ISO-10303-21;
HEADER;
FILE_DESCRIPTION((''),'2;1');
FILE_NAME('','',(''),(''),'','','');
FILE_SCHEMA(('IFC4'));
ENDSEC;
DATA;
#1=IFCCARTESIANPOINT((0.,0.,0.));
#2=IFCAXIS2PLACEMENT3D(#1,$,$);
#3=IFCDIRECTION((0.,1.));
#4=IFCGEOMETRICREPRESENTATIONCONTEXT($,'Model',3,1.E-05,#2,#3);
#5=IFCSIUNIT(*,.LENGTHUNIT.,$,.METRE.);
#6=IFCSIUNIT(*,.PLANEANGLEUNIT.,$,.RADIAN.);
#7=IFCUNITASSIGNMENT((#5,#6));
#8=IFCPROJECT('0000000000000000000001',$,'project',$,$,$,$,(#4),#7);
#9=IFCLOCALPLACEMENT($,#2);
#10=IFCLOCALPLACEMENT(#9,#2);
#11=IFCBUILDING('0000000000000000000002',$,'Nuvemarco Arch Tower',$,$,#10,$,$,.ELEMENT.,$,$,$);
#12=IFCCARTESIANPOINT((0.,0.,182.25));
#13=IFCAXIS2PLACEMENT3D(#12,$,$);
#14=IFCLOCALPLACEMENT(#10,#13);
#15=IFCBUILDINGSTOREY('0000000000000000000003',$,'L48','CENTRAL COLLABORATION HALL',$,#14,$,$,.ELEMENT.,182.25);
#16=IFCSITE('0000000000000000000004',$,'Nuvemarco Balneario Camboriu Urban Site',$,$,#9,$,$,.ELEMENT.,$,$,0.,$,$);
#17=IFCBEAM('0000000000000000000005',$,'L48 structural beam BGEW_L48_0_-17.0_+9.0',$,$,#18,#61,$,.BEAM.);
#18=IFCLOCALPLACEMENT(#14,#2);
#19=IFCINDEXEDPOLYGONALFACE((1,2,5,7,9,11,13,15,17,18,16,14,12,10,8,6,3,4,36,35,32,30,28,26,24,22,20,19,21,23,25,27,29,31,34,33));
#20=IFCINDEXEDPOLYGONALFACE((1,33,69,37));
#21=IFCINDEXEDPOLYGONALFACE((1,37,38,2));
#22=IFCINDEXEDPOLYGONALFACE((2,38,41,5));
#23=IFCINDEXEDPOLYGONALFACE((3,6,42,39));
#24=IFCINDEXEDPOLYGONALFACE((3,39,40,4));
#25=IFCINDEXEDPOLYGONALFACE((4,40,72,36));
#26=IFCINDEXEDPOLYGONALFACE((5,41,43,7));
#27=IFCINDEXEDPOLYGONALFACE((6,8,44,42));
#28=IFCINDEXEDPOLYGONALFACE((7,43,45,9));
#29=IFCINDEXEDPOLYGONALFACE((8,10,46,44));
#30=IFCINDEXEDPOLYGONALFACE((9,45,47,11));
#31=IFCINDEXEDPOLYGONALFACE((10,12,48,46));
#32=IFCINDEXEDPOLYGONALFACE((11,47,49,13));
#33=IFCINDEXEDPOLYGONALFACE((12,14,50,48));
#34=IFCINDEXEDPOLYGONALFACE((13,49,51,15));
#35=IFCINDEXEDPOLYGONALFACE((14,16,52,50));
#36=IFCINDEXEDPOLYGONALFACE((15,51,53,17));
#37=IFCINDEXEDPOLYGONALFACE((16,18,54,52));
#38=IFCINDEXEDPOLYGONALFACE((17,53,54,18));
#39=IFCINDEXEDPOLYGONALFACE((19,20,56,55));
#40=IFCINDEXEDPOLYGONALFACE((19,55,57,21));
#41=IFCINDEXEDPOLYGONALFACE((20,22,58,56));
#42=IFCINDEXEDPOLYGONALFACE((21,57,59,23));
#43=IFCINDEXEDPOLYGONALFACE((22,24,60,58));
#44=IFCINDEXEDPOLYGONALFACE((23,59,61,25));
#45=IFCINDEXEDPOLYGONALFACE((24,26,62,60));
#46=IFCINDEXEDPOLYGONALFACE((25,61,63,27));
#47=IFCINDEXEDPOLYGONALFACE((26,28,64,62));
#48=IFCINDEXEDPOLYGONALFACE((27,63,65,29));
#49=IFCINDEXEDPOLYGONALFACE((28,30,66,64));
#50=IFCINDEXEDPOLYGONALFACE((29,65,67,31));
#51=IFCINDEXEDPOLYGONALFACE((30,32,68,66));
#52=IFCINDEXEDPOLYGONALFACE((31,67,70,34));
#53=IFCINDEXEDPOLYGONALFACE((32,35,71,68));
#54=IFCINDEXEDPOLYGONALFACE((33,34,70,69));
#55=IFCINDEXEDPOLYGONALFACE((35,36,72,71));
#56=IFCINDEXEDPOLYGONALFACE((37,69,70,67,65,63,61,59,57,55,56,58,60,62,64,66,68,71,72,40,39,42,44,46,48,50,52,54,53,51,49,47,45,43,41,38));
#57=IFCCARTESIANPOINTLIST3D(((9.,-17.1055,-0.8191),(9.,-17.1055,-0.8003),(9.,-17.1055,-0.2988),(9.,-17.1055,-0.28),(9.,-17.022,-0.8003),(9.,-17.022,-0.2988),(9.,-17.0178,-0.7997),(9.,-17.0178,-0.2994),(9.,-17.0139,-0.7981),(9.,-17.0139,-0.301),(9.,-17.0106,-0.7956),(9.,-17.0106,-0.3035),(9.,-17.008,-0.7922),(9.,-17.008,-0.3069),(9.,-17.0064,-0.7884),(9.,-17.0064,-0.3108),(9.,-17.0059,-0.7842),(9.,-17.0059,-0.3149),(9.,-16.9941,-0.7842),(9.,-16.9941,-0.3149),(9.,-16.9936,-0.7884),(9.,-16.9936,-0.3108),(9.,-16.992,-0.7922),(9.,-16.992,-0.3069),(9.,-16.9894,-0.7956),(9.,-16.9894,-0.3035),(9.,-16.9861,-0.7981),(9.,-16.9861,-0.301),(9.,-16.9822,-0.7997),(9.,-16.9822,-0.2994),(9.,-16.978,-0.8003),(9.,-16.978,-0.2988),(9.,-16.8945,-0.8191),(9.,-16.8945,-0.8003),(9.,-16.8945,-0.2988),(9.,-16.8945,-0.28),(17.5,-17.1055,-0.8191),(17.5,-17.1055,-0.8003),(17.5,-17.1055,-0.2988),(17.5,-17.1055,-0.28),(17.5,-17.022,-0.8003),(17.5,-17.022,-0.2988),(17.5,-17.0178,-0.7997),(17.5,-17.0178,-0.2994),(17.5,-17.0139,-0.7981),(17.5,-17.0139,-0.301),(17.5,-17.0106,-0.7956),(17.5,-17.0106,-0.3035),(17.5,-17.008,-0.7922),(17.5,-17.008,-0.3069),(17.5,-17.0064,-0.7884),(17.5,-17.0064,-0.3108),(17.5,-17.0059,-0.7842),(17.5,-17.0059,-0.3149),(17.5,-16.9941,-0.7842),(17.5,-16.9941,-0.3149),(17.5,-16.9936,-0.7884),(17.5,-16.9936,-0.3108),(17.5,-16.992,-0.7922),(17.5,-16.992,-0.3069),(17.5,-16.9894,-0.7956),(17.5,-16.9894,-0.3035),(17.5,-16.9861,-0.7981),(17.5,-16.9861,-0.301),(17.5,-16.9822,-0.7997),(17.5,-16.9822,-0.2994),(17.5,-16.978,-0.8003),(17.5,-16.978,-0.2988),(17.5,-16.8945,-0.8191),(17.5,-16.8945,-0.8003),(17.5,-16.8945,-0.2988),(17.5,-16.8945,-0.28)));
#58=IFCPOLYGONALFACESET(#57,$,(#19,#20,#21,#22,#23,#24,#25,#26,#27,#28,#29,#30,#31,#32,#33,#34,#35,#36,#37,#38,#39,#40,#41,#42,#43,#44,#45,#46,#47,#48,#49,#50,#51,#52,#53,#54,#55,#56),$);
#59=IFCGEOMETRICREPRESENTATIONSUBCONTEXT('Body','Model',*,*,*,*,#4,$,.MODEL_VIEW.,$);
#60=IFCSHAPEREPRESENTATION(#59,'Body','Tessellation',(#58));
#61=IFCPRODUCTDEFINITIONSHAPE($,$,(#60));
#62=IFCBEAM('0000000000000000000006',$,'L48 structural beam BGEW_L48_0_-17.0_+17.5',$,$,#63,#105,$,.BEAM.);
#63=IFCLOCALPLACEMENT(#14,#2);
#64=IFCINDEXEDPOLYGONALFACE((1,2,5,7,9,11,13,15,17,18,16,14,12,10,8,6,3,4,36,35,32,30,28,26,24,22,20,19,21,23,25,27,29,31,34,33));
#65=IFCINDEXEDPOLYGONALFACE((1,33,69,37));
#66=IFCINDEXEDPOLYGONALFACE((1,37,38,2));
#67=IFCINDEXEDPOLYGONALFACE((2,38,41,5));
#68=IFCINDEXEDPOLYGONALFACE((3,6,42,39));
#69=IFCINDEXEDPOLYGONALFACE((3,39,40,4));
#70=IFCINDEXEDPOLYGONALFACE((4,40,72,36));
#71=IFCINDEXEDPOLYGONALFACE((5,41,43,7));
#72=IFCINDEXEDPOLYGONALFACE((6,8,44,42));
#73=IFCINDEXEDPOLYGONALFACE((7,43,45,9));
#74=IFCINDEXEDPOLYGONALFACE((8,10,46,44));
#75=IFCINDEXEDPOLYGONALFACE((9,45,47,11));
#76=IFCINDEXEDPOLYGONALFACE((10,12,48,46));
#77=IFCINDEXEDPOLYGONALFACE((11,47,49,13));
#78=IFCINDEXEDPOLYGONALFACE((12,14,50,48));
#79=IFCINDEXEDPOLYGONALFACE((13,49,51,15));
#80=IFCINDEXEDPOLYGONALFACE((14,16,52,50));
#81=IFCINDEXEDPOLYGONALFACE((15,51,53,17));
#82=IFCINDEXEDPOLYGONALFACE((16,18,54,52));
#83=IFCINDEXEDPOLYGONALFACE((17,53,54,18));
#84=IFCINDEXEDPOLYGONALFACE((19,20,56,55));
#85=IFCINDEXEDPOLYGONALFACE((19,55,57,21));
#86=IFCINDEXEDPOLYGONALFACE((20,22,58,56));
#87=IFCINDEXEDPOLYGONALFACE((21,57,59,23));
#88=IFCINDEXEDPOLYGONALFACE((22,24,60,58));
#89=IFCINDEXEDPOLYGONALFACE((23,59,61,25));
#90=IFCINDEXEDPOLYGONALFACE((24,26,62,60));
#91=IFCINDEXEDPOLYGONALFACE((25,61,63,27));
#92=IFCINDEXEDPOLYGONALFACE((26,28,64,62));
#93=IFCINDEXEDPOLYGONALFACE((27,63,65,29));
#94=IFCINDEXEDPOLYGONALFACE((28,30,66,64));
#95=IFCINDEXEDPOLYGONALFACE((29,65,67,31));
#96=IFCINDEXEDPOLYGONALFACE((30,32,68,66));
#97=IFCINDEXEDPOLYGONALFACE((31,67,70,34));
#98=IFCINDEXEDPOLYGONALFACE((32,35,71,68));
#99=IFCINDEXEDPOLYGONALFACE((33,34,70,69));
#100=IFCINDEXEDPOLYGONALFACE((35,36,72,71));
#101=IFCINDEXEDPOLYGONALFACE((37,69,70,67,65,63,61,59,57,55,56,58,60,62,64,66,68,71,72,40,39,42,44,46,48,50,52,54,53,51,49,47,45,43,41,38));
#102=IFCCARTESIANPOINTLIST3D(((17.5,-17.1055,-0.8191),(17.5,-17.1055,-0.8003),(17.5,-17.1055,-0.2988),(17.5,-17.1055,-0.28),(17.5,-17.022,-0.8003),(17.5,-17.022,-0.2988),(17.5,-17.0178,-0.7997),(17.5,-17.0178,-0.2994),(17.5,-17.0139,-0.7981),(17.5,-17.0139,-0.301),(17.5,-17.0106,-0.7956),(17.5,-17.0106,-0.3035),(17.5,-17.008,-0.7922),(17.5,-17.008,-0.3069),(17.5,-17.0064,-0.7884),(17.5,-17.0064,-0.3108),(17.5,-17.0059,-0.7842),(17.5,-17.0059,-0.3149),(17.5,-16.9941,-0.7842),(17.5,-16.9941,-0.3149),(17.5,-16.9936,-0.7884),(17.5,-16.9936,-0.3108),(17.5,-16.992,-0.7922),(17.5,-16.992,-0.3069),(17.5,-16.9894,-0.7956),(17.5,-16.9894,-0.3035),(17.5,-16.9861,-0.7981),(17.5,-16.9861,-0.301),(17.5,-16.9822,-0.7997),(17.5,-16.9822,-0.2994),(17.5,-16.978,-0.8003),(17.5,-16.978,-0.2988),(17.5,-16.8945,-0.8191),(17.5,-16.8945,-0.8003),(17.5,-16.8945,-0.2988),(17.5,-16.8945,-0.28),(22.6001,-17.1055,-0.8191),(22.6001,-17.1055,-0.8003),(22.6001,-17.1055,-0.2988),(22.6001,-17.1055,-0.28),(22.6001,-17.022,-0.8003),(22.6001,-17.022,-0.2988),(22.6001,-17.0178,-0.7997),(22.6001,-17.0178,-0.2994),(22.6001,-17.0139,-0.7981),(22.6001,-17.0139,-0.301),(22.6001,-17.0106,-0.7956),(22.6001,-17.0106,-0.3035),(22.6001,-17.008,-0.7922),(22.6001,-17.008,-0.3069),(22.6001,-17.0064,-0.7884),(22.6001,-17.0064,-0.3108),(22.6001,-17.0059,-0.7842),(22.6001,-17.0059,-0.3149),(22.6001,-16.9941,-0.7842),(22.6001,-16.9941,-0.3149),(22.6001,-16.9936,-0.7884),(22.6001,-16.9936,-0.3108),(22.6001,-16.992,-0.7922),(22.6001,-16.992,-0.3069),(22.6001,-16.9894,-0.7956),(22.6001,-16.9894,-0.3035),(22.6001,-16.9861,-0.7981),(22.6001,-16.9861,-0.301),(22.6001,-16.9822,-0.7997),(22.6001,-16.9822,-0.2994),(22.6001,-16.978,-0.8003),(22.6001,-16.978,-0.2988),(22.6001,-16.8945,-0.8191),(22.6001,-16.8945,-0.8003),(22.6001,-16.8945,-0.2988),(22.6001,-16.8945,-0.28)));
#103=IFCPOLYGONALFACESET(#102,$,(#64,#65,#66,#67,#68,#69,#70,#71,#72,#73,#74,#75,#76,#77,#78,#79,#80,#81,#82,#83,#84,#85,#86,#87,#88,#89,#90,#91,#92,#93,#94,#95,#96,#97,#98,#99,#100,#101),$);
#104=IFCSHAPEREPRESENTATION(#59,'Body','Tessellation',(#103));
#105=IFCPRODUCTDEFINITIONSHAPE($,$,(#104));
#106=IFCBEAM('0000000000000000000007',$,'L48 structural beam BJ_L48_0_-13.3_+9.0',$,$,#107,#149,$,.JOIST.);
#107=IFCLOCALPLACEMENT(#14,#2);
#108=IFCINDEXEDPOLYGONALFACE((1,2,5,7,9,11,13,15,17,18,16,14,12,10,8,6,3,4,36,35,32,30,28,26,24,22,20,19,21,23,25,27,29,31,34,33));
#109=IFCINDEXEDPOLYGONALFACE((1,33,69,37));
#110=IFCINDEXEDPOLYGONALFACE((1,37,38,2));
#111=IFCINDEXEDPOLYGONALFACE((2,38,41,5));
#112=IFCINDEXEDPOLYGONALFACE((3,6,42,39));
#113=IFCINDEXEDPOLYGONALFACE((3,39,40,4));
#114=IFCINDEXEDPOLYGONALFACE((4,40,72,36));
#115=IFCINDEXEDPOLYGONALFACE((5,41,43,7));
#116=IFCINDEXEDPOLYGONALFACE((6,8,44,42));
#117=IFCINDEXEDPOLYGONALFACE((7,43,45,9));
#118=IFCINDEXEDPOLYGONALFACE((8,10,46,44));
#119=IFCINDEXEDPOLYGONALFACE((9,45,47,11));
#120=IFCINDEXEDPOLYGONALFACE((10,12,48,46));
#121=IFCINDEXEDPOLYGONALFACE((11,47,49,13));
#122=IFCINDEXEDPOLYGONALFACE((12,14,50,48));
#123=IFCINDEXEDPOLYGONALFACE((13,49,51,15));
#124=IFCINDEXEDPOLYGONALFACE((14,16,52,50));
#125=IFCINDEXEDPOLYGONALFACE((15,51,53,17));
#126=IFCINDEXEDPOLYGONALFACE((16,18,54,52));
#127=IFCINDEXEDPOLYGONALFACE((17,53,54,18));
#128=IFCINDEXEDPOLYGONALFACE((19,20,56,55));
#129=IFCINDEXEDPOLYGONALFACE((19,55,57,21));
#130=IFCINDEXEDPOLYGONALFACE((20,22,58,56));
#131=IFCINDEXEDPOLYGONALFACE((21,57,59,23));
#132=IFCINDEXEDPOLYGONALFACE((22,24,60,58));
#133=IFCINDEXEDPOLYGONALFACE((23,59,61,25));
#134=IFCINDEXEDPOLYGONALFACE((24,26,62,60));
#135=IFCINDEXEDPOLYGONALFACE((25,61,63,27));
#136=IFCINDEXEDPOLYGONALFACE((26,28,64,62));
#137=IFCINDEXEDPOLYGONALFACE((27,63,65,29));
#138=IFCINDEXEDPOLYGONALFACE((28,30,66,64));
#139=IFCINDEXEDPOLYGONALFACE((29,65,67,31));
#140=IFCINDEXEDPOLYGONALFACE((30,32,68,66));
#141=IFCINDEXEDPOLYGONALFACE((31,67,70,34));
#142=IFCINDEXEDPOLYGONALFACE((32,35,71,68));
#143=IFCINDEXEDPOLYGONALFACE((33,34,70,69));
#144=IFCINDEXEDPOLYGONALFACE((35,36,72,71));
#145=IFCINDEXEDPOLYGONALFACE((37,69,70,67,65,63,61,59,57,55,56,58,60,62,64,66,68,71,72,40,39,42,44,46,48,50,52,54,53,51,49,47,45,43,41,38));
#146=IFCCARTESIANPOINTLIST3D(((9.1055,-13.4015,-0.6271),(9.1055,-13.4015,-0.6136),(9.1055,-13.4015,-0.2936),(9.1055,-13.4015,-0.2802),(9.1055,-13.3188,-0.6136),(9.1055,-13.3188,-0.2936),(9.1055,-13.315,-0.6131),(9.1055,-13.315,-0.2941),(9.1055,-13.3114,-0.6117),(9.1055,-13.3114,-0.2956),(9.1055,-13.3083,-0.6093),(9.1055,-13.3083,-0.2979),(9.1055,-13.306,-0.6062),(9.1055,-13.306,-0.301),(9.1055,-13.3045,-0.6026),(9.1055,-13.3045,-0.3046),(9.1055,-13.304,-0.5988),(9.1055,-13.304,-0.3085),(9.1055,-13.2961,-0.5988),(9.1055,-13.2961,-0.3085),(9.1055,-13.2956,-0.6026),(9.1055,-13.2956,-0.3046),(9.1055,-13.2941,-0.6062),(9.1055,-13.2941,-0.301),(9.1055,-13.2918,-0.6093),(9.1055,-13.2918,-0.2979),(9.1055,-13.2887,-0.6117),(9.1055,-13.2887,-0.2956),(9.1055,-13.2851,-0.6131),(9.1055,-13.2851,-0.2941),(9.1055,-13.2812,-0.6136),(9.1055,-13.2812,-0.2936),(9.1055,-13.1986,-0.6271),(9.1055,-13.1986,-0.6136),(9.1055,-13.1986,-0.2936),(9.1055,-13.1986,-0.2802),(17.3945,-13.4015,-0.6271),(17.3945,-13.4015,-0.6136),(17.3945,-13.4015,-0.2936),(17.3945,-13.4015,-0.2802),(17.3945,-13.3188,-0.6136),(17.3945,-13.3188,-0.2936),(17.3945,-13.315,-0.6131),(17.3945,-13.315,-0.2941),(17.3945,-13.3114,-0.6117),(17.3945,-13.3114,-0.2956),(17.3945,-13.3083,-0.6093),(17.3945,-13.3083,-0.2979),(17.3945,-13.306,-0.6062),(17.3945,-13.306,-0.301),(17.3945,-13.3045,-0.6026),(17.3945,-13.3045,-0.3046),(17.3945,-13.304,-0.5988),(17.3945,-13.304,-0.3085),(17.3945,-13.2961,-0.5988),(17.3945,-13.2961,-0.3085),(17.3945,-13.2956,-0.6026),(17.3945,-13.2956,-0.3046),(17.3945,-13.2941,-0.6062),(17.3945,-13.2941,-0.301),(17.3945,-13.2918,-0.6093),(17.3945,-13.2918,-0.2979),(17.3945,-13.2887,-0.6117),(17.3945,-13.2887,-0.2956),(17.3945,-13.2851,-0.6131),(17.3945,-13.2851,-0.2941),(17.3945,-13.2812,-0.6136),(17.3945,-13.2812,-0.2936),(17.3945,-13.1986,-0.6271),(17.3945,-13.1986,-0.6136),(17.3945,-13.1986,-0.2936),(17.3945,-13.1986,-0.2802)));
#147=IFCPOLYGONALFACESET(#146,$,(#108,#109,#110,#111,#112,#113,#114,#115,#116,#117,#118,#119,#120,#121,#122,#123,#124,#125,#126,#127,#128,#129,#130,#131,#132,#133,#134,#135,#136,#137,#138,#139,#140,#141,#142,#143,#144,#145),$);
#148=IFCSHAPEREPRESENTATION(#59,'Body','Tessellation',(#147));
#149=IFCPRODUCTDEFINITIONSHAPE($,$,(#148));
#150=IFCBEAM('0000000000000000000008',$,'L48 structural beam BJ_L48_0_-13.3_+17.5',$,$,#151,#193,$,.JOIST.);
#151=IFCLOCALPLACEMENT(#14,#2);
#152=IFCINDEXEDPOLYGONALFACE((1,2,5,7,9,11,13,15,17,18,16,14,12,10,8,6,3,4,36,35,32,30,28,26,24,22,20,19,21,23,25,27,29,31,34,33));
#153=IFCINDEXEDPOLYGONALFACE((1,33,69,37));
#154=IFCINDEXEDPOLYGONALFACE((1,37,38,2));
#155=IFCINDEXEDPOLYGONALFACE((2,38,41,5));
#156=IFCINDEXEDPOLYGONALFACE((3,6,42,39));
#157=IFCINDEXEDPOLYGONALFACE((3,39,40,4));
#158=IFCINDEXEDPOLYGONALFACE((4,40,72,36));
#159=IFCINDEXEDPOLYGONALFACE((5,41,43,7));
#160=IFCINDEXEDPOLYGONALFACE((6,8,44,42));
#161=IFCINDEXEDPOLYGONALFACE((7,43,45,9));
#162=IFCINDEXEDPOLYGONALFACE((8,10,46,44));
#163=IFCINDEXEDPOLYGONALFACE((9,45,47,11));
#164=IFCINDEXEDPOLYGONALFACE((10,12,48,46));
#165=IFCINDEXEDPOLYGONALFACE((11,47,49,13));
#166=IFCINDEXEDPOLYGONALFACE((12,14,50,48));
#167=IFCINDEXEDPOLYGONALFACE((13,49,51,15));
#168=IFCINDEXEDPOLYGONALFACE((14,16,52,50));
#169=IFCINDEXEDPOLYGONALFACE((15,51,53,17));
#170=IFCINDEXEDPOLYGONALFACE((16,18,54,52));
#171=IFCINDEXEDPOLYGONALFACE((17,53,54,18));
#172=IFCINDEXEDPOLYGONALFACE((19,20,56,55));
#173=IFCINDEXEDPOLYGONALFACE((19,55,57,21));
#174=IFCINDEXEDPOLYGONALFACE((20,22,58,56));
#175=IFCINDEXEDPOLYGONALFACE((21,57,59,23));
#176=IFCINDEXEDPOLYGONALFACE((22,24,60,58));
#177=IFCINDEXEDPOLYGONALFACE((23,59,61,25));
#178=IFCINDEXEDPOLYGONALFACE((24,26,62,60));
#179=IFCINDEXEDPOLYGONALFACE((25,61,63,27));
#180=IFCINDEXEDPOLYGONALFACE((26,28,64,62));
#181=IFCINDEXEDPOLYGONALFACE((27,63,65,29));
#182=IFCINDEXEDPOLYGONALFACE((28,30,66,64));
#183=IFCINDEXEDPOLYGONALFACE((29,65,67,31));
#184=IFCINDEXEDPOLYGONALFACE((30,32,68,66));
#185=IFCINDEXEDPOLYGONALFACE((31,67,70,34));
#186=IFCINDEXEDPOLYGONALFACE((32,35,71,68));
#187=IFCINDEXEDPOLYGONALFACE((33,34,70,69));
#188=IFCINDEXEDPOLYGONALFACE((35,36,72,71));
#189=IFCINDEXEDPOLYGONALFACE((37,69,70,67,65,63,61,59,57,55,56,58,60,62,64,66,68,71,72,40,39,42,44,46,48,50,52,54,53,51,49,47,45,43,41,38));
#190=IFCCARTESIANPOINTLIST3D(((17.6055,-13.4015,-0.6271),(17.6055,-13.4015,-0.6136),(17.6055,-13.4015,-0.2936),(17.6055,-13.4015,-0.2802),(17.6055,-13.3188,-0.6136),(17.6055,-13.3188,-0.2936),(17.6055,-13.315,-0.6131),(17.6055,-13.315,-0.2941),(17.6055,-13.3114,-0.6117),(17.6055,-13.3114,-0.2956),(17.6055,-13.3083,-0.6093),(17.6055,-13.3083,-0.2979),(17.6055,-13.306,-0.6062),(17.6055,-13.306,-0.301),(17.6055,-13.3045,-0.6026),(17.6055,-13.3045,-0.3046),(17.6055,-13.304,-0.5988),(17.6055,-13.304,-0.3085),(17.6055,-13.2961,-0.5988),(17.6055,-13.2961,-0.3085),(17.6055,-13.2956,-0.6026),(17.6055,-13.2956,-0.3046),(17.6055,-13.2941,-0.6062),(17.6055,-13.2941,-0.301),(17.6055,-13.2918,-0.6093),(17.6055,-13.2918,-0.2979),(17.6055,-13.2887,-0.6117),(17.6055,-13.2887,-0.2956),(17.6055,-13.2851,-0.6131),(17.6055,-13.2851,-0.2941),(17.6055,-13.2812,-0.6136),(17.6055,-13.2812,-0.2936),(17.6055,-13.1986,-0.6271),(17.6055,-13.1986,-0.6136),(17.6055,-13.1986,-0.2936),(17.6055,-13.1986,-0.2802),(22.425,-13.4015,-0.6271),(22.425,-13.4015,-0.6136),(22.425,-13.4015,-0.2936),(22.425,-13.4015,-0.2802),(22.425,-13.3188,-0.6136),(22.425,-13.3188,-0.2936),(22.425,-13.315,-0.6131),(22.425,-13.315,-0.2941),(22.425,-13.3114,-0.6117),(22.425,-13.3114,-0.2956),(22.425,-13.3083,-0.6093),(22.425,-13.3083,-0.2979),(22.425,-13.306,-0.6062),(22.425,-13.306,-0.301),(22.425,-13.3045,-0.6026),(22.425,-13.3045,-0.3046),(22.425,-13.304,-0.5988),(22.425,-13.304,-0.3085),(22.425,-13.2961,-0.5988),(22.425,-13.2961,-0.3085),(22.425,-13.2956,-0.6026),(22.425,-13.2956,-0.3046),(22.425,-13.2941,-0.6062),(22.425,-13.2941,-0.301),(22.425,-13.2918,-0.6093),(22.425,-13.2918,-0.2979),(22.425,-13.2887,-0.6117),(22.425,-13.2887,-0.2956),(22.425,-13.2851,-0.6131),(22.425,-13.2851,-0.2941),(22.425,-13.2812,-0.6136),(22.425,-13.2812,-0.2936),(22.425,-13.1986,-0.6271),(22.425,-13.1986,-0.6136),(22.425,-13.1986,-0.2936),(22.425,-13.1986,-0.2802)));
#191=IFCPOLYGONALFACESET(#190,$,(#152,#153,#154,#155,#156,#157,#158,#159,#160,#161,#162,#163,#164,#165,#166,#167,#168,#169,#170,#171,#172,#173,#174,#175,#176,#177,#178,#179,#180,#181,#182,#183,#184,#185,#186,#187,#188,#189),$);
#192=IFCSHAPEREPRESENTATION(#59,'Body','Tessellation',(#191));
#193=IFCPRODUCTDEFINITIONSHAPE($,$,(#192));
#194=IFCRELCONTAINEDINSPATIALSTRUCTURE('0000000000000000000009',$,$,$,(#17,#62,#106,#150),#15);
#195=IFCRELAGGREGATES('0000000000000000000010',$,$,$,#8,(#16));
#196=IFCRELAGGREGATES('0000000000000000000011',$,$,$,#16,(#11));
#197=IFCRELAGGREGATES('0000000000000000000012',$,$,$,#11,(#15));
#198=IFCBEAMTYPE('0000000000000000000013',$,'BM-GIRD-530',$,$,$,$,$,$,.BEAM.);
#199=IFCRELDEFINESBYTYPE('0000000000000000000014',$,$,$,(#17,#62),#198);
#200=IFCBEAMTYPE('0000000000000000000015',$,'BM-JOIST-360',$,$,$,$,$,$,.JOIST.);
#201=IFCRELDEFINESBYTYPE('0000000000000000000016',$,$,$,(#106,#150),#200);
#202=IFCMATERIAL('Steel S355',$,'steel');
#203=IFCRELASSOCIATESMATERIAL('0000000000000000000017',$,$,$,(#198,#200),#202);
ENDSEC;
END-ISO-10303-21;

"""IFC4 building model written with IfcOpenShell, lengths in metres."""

from ifc_helpers import new_model, si_unit, direction, frame, origin, origin_2d, place, context, subcontext, project, spatial, i_section, extrude, material, material_profile, profile_set, type_object, element, save


model = new_model("IFC4")

# Units and contexts
model_context = context("Model", 3, precision=1e-05, world=origin(), true_north=direction((0.0, 1.0)))
body_context = subcontext(model_context, "Body", "Model", "MODEL_VIEW")
ifc_project = project(units=[si_unit("LENGTHUNIT", "METRE"), si_unit("PLANEANGLEUNIT", "RADIAN")], contexts=[model_context])

# Site, building, storey
site_placement = place(None, origin())
site = spatial("IfcSite", under=ifc_project, at=site_placement, Name="Nuvemarco Balneario Camboriu Urban Site", CompositionType="ELEMENT", RefElevation=0.0)
building_placement = place(site_placement, origin())
building = spatial("IfcBuilding", under=site, at=building_placement, Name="Nuvemarco Arch Tower", CompositionType="ELEMENT")
storey_placement = place(building_placement, frame((0.0, 0.0, 182.25)))
storey = spatial("IfcBuildingStorey", under=building, at=storey_placement, Name="L48", Description="CENTRAL COLLABORATION HALL", CompositionType="ELEMENT", Elevation=182.25)

# Shared definitions
ifc_material_1 = material(Name="Steel S355", Category="steel")

# Beams
ifc_material_profile_1 = material_profile(ifc_material_1, i_section(OverallWidth=0.2109, OverallDepth=0.5391, WebThickness=0.0117, FlangeThickness=0.0188, FilletRadius=0.0161, at=origin_2d()), Name="W530x109")
ifc_profile_set_1 = profile_set([ifc_material_profile_1], Name="Steel S355")
beam_type_1 = type_object("IfcBeamType", Name="BM-GIRD-530", PredefinedType="BEAM", material=ifc_profile_set_1)
beam_1_placement = place(storey_placement, frame((9.0, -17.0, -0.5496), z_axis=(1.0, 0.0, 0.0), x_axis=(0.0, 1.0, 0.0)))
element("IfcBeam", 1, at=beam_1_placement, inside=storey, type_object=beam_type_1, Name="L48 structural beam BGEW_L48_0_-17.0_+9.0", PredefinedType="BEAM", context=body_context, shape_type="SweptSolid", body=[
    extrude(i_section(OverallWidth=0.2109, OverallDepth=0.5391, WebThickness=0.0117, FlangeThickness=0.0188, FilletRadius=0.0161, at=origin_2d()), origin(), (0.0, 0.0, 1.0), 8.5),
])
beam_2_placement = place(storey_placement, frame((17.5, -17.0, -0.5496), z_axis=(1.0, 0.0, 0.0), x_axis=(0.0, 1.0, 0.0)))
element("IfcBeam", 2, at=beam_2_placement, inside=storey, type_object=beam_type_1, Name="L48 structural beam BGEW_L48_0_-17.0_+17.5", PredefinedType="BEAM", context=body_context, shape_type="SweptSolid", body=[
    extrude(i_section(OverallWidth=0.2109, OverallDepth=0.5391, WebThickness=0.0117, FlangeThickness=0.0188, FilletRadius=0.0161, at=origin_2d()), origin(), (0.0, 0.0, 1.0), 5.1001),
])
ifc_material_profile_2 = material_profile(ifc_material_1, i_section(OverallWidth=0.2029, OverallDepth=0.3469, WebThickness=0.0078, FlangeThickness=0.0134, FilletRadius=0.0149, at=origin_2d()), Name="W360x64")
ifc_profile_set_2 = profile_set([ifc_material_profile_2], Name="Steel S355")
beam_type_2 = type_object("IfcBeamType", Name="BM-JOIST-360", PredefinedType="JOIST", material=ifc_profile_set_2)
beam_3_placement = place(storey_placement, frame((9.1055, -13.3, -0.4536), z_axis=(1.0, 0.0, 0.0), x_axis=(0.0, 1.0, 0.0)))
element("IfcBeam", 3, at=beam_3_placement, inside=storey, type_object=beam_type_2, Name="L48 structural beam BJ_L48_0_-13.3_+9.0", PredefinedType="JOIST", context=body_context, shape_type="SweptSolid", body=[
    extrude(i_section(OverallWidth=0.2029, OverallDepth=0.3469, WebThickness=0.0078, FlangeThickness=0.0134, FilletRadius=0.0149, at=origin_2d()), origin(), (0.0, 0.0, 1.0), 8.2891),
])
beam_4_placement = place(storey_placement, frame((17.6055, -13.3, -0.4536), z_axis=(1.0, 0.0, 0.0), x_axis=(0.0, 1.0, 0.0)))
element("IfcBeam", 4, at=beam_4_placement, inside=storey, type_object=beam_type_2, Name="L48 structural beam BJ_L48_0_-13.3_+17.5", PredefinedType="JOIST", context=body_context, shape_type="SweptSolid", body=[
    extrude(i_section(OverallWidth=0.2029, OverallDepth=0.3469, WebThickness=0.0078, FlangeThickness=0.0134, FilletRadius=0.0149, at=origin_2d()), origin(), (0.0, 0.0, 1.0), 4.8196),
])

save(model, "model.ifc")
